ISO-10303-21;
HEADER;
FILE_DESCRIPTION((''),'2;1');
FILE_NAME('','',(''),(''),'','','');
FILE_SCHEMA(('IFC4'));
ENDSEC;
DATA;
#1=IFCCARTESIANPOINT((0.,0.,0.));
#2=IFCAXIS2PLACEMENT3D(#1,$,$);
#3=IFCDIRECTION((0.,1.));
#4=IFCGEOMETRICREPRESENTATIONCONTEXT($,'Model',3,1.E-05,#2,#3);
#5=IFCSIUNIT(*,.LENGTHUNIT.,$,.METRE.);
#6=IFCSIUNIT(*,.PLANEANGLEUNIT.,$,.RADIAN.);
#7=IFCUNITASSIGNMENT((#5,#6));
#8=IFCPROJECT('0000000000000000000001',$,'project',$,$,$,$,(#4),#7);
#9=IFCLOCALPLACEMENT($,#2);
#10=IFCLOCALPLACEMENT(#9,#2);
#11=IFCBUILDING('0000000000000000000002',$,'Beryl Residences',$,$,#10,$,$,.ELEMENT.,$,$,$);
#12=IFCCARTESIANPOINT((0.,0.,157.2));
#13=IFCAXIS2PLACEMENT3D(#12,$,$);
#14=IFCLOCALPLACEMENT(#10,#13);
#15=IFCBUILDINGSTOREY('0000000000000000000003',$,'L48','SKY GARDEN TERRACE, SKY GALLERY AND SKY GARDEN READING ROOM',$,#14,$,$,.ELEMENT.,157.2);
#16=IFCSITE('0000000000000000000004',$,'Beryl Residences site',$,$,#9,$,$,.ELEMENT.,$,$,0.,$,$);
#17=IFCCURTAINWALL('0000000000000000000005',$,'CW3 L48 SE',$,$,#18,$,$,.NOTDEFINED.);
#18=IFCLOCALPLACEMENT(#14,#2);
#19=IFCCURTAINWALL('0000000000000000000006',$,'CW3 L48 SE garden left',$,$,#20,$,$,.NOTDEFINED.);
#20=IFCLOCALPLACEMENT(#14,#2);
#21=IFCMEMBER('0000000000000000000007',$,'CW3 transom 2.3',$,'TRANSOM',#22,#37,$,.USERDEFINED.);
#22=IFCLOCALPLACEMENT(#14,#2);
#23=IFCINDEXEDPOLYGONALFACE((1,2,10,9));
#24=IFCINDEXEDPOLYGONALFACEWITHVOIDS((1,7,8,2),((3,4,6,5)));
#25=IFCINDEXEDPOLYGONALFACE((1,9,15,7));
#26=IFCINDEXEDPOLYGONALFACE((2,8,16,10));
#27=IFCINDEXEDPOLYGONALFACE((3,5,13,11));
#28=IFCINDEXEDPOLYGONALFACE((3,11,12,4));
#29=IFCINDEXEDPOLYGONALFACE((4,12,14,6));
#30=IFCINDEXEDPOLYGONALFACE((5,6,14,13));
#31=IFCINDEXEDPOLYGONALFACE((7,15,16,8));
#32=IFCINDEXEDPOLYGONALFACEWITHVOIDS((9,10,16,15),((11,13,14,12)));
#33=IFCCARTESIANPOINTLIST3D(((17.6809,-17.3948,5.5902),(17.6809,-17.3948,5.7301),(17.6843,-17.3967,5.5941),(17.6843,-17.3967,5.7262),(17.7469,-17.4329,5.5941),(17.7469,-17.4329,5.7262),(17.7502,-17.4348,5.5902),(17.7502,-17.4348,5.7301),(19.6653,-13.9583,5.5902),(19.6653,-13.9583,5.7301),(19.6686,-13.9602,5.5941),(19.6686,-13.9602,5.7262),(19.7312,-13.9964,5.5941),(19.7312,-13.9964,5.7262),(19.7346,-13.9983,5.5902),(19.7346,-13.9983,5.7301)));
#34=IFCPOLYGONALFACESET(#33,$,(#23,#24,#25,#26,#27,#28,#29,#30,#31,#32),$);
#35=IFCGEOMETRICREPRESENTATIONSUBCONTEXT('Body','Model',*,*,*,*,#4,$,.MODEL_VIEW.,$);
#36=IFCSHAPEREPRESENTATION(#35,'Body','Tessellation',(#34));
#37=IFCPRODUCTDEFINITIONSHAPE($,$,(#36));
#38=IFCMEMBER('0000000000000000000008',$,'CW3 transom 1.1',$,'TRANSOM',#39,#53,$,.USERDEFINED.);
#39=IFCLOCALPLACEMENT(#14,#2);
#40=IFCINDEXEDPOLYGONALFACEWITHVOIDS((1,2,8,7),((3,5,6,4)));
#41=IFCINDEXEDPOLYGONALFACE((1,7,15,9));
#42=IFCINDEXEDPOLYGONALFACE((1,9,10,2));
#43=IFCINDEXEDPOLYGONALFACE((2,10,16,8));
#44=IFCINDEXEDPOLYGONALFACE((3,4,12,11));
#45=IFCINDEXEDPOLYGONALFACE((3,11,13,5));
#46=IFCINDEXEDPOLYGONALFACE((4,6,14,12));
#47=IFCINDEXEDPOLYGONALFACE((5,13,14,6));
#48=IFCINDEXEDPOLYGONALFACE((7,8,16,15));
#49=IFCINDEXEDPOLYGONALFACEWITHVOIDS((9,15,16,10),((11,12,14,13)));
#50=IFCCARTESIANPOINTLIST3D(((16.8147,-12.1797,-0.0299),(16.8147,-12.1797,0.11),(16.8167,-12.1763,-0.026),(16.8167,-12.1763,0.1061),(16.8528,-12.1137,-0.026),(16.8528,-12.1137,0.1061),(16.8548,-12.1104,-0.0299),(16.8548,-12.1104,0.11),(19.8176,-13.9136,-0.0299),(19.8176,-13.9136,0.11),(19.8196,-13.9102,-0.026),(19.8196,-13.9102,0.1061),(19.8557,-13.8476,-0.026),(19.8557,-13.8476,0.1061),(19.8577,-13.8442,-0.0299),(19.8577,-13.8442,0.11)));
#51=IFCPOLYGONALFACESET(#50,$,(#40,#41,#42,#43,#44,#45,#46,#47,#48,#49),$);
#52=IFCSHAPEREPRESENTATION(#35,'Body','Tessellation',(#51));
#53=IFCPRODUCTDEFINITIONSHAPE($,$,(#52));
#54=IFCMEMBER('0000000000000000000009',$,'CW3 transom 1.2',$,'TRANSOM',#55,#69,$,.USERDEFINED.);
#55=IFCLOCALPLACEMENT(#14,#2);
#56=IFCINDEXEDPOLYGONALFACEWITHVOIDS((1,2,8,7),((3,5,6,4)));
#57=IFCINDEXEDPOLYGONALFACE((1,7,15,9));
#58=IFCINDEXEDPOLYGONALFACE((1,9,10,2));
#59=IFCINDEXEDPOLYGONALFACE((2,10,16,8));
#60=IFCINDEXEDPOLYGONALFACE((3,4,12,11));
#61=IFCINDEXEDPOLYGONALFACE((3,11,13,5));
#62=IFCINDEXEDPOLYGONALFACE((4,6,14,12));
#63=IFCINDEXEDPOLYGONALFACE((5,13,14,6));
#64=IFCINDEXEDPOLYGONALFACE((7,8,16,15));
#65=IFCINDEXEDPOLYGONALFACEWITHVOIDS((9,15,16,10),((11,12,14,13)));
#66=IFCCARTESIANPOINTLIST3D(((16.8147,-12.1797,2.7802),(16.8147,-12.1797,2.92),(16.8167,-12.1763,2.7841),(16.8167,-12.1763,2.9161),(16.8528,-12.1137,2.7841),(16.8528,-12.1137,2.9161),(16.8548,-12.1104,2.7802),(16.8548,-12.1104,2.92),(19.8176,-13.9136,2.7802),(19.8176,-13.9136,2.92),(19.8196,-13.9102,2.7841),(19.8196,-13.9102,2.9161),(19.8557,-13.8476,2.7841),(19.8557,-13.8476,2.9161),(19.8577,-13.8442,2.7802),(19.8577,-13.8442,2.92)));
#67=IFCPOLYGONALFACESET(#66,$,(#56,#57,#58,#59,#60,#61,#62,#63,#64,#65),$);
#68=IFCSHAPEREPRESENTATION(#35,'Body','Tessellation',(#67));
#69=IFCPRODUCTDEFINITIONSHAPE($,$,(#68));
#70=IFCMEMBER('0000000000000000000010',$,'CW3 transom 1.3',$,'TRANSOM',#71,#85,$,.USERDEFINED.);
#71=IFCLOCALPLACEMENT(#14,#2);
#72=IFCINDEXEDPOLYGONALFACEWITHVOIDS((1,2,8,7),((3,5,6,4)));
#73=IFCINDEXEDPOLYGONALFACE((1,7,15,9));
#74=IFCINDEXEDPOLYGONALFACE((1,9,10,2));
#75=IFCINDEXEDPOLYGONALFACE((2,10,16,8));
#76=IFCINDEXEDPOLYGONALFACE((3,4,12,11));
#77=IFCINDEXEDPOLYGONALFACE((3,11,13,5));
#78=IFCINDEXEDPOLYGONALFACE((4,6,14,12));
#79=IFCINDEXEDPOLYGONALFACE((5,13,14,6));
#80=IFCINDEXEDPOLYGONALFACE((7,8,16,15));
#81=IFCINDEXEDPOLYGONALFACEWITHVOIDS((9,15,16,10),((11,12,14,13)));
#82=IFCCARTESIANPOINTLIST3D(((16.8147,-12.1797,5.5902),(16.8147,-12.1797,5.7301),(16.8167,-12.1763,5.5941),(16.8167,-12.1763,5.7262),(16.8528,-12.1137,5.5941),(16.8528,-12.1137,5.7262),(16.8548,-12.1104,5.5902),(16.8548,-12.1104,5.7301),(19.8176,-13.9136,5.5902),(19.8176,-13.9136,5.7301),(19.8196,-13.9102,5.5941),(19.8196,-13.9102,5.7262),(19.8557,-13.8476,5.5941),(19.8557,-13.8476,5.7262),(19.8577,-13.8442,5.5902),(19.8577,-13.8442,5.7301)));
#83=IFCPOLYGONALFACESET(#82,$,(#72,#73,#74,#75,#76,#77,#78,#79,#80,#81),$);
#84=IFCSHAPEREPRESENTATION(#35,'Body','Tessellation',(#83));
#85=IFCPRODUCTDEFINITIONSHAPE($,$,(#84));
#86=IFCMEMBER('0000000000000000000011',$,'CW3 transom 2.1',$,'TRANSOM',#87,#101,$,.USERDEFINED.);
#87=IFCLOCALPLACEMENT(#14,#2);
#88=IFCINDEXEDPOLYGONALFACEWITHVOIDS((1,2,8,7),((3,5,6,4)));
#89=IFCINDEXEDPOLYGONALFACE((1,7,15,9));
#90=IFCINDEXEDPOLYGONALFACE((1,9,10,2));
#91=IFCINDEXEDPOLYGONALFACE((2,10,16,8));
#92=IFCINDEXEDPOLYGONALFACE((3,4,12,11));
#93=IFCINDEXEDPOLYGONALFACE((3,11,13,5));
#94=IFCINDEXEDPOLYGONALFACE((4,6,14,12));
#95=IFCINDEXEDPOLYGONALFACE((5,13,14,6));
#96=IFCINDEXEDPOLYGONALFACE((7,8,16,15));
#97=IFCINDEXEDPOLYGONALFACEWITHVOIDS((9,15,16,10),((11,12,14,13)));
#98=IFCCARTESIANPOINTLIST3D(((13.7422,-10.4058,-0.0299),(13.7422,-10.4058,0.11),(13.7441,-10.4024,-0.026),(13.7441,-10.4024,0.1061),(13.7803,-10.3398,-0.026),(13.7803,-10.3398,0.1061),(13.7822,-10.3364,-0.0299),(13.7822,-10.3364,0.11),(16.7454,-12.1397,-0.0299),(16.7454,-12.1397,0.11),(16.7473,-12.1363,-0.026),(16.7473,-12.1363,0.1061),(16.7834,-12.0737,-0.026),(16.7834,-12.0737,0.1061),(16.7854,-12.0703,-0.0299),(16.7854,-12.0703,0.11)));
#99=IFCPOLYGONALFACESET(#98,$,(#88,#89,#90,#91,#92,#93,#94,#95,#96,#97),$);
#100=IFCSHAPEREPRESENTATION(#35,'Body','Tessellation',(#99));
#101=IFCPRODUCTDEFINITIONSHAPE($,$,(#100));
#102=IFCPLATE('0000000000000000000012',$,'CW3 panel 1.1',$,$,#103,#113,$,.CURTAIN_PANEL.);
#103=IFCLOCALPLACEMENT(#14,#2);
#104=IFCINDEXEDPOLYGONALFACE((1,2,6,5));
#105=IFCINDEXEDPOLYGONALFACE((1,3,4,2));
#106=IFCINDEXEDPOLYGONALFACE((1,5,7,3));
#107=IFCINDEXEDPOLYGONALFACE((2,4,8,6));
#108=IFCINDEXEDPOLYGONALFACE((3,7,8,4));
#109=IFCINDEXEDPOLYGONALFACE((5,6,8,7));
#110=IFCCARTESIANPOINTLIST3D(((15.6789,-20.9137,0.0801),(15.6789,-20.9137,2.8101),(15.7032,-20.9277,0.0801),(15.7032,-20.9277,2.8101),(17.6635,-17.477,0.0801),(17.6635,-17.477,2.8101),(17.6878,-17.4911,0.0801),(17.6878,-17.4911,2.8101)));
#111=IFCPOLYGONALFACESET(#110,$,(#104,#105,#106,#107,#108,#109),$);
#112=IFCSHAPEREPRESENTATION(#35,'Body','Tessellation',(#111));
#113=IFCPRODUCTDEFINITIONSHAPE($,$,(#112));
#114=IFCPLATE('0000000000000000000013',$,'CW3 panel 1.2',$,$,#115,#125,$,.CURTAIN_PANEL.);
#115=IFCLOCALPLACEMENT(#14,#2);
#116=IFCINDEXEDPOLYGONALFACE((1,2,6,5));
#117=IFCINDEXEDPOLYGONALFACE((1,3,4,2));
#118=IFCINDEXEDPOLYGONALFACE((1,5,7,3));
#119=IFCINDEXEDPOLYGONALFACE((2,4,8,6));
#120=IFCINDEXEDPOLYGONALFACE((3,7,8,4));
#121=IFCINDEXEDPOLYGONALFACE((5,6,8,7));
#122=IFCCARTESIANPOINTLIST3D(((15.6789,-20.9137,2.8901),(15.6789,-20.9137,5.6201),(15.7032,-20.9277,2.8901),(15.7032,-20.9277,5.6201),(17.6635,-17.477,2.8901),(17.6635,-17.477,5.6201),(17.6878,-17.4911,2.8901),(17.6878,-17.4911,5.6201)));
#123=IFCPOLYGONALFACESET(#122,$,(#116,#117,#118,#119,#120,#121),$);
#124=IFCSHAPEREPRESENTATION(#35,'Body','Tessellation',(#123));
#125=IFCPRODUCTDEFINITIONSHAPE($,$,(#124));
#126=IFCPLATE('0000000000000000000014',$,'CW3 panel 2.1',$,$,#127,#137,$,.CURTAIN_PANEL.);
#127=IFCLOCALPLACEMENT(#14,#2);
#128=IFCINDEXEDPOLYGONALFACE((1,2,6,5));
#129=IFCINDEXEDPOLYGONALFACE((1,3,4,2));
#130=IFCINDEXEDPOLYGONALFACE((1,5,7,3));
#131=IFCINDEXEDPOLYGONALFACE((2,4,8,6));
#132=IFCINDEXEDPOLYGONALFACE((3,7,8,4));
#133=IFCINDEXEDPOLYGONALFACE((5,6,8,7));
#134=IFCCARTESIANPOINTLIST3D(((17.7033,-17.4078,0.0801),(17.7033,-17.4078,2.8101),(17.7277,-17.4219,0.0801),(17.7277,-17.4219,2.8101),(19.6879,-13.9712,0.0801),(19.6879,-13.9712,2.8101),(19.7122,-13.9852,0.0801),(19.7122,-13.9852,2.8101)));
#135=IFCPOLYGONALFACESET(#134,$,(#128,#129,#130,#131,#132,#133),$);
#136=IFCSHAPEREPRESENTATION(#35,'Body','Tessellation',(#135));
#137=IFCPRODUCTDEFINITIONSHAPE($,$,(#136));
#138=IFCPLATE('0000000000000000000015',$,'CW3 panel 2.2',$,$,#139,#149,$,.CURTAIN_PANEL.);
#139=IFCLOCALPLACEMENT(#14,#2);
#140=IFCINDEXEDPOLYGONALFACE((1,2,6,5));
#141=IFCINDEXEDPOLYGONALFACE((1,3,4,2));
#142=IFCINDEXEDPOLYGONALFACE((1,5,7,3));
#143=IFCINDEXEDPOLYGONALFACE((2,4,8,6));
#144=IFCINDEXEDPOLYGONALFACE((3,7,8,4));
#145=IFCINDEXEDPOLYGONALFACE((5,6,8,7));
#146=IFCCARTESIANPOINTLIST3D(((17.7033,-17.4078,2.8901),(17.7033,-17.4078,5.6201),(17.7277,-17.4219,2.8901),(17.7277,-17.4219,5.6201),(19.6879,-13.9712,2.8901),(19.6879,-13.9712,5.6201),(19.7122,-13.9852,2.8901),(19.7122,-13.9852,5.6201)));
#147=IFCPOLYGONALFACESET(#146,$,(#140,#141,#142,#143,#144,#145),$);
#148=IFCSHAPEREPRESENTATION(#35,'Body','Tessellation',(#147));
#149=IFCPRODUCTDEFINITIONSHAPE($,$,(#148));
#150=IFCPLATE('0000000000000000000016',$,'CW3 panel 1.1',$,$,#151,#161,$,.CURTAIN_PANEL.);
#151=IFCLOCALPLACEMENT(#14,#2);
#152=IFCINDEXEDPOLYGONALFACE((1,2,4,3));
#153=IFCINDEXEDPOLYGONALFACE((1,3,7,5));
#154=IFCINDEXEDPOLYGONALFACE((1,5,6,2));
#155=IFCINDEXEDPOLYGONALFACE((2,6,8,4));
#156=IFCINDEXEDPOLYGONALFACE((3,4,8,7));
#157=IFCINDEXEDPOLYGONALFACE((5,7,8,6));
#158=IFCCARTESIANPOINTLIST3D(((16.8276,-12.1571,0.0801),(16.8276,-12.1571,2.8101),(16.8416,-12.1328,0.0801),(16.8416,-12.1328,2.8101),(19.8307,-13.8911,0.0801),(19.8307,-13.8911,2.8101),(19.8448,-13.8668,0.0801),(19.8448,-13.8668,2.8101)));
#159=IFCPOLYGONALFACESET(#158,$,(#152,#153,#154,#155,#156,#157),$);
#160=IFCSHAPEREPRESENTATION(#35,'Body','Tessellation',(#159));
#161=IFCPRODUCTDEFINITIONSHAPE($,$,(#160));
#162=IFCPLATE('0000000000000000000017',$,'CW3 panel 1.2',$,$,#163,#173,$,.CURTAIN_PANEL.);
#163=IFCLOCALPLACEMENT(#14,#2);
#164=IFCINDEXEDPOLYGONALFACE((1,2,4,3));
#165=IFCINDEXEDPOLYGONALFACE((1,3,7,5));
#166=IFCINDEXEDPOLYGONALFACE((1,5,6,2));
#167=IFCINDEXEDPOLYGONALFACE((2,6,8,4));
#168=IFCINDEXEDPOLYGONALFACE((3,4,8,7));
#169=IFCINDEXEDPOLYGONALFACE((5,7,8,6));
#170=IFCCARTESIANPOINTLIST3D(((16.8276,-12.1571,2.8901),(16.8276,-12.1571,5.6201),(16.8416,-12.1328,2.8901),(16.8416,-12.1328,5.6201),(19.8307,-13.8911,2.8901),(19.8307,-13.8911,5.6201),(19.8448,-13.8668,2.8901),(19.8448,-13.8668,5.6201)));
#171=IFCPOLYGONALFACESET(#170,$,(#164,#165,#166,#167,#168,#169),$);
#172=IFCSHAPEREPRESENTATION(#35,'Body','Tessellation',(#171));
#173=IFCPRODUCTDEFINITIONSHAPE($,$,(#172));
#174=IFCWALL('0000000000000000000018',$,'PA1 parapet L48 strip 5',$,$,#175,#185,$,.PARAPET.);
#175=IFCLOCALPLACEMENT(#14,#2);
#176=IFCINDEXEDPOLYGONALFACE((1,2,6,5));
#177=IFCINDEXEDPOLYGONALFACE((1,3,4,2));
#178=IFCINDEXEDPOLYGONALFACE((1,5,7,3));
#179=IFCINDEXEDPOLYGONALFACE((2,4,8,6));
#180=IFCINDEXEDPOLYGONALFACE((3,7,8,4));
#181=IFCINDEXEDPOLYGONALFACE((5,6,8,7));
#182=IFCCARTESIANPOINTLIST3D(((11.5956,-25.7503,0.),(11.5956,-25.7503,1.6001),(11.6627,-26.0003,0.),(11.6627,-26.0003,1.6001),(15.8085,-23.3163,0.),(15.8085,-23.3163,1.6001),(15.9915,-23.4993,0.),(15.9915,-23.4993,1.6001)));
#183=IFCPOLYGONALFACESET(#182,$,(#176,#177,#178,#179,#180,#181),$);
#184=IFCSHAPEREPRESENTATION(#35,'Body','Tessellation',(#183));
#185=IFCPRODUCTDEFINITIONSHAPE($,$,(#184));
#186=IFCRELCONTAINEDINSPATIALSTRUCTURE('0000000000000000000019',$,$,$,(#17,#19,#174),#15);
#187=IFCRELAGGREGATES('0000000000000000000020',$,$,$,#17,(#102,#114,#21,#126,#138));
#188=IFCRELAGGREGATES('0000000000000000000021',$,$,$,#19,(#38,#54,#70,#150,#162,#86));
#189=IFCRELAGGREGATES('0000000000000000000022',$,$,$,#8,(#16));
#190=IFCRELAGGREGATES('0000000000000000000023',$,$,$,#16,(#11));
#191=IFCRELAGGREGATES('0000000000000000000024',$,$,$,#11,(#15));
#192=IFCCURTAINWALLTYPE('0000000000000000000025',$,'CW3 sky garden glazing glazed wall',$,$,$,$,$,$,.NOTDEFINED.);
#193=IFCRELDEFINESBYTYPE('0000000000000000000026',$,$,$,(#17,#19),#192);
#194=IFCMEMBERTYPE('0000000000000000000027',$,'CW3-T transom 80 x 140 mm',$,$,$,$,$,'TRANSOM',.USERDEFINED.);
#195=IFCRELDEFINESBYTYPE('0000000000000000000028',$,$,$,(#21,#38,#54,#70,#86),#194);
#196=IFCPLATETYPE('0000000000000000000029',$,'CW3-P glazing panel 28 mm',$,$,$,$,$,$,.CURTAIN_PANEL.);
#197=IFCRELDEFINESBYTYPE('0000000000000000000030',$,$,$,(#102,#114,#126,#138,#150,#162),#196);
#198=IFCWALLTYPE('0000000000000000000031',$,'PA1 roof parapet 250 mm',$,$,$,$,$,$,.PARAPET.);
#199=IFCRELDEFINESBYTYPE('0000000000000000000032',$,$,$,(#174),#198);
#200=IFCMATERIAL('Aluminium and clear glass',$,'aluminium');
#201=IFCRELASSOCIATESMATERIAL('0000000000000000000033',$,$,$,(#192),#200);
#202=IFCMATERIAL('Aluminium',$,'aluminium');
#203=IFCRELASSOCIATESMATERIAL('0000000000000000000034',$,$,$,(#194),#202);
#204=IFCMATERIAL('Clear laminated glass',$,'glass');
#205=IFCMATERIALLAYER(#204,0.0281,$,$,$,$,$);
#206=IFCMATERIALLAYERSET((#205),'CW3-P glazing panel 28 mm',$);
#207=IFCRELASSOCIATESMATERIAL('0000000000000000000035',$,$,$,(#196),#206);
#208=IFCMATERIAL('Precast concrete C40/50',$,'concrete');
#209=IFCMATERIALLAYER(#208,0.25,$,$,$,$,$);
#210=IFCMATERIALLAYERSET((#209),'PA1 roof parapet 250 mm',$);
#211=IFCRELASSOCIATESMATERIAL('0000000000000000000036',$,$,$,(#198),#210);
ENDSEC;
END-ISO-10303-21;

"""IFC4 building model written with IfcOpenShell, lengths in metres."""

from ifc_helpers import new_model, si_unit, direction, frame, origin, origin_2d, place, context, subcontext, project, spatial, polyline, rectangle, hollow_rectangle, outline, extrude, material, layer, layer_set, material_profile, profile_set, type_object, element, aggregate, save


model = new_model("IFC4")

# Units and contexts
model_context = context("Model", 3, precision=1e-05, world=origin(), true_north=direction((0.0, 1.0)))
body_context = subcontext(model_context, "Body", "Model", "MODEL_VIEW")
ifc_project = project(units=[si_unit("LENGTHUNIT", "METRE"), si_unit("PLANEANGLEUNIT", "RADIAN")], contexts=[model_context])

# Site, building, storey
site_placement = place(None, origin())
site = spatial("IfcSite", under=ifc_project, at=site_placement, Name="Beryl Residences site", CompositionType="ELEMENT", RefElevation=0.0)
building_placement = place(site_placement, origin())
building = spatial("IfcBuilding", under=site, at=building_placement, Name="Beryl Residences", CompositionType="ELEMENT")
storey_placement = place(building_placement, frame((0.0, 0.0, 157.2)))
storey = spatial("IfcBuildingStorey", under=building, at=storey_placement, Name="L48", Description="SKY GARDEN TERRACE, SKY GALLERY AND SKY GARDEN READING ROOM", CompositionType="ELEMENT", Elevation=157.2)

# Curtain walls
ifc_material_1 = material(Name="Aluminium and clear glass", Category="aluminium")
curtain_wall_type = type_object("IfcCurtainWallType", Name="CW3 sky garden glazing glazed wall", PredefinedType="NOTDEFINED", material=ifc_material_1)
curtain_wall_1_placement = place(storey_placement, origin())
curtain_wall_1 = element("IfcCurtainWall", 1, at=curtain_wall_1_placement, inside=storey, type_object=curtain_wall_type, Name="CW3 L48 SE", PredefinedType="NOTDEFINED")
curtain_wall_2_placement = place(storey_placement, origin())
curtain_wall_2 = element("IfcCurtainWall", 2, at=curtain_wall_2_placement, inside=storey, type_object=curtain_wall_type, Name="CW3 L48 SE garden left", PredefinedType="NOTDEFINED")

# Members
ifc_material_2 = material(Name="Aluminium", Category="aluminium")
ifc_material_profile_1 = material_profile(ifc_material_2, hollow_rectangle(XDim=0.0801, YDim=0.1399, WallThickness=0.0039, at=origin_2d()))
ifc_profile_set_1 = profile_set([ifc_material_profile_1], Name="Aluminium")
member_type_1 = type_object("IfcMemberType", Name="CW3-T transom 80 x 140 mm", ElementType="TRANSOM", PredefinedType="USERDEFINED", material=ifc_profile_set_1)
member_1_placement = place(storey_placement, frame((17.7156, -17.4148, 5.6602), z_axis=(0.500056, 0.865993, 0.0), x_axis=(-0.865993, 0.500056, 0.0)))
member_1 = element("IfcMember", 3, at=member_1_placement, type_object=member_type_1, Name="CW3 transom 2.3", ObjectType="TRANSOM", PredefinedType="USERDEFINED", context=body_context, shape_type="SweptSolid", body=[
    extrude(hollow_rectangle(XDim=0.0801, YDim=0.1399, WallThickness=0.0039, at=origin_2d()), origin(), (0.0, 0.0, 1.0), 3.9683),
])
member_2_placement = place(storey_placement, frame((19.8376, -13.8789, 0.04), z_axis=(-0.866007, 0.500031, 0.0), x_axis=(-0.500031, -0.866007, 0.0)))
member_2 = element("IfcMember", 4, at=member_2_placement, type_object=member_type_1, Name="CW3 transom 1.1", ObjectType="TRANSOM", PredefinedType="USERDEFINED", context=body_context, shape_type="SweptSolid", body=[
    extrude(hollow_rectangle(XDim=0.0801, YDim=0.1399, WallThickness=0.0039, at=origin_2d()), origin(), (0.0, 0.0, 1.0), 3.4675),
])
member_3_placement = place(storey_placement, frame((19.8376, -13.8789, 2.8501), z_axis=(-0.866007, 0.500031, 0.0), x_axis=(-0.500031, -0.866007, 0.0)))
member_3 = element("IfcMember", 5, at=member_3_placement, type_object=member_type_1, Name="CW3 transom 1.2", ObjectType="TRANSOM", PredefinedType="USERDEFINED", context=body_context, shape_type="SweptSolid", body=[
    extrude(hollow_rectangle(XDim=0.0801, YDim=0.1399, WallThickness=0.0039, at=origin_2d()), origin(), (0.0, 0.0, 1.0), 3.4675),
])
member_4_placement = place(storey_placement, frame((19.8376, -13.8789, 5.6602), z_axis=(-0.866007, 0.500031, 0.0), x_axis=(-0.500031, -0.866007, 0.0)))
member_4 = element("IfcMember", 6, at=member_4_placement, type_object=member_type_1, Name="CW3 transom 1.3", ObjectType="TRANSOM", PredefinedType="USERDEFINED", context=body_context, shape_type="SweptSolid", body=[
    extrude(hollow_rectangle(XDim=0.0801, YDim=0.1399, WallThickness=0.0039, at=origin_2d()), origin(), (0.0, 0.0, 1.0), 3.4675),
])
member_5_placement = place(storey_placement, frame((16.7654, -12.105, 0.04), z_axis=(-0.866025, 0.500001, 0.0), x_axis=(-0.500001, -0.866025, 0.0)))
member_5 = element("IfcMember", 7, at=member_5_placement, type_object=member_type_1, Name="CW3 transom 2.1", ObjectType="TRANSOM", PredefinedType="USERDEFINED", context=body_context, shape_type="SweptSolid", body=[
    extrude(hollow_rectangle(XDim=0.0801, YDim=0.1399, WallThickness=0.0039, at=origin_2d()), origin(), (0.0, 0.0, 1.0), 3.4678),
])

# Plates
ifc_material_3 = material(Name="Clear laminated glass", Category="glass")
ifc_layer_1 = layer(ifc_material_3, 0.0281)
ifc_layer_set_1 = layer_set([ifc_layer_1], Name="CW3-P glazing panel 28 mm")
plate_type = type_object("IfcPlateType", Name="CW3-P glazing panel 28 mm", PredefinedType="CURTAIN_PANEL", material=ifc_layer_set_1)
plate_1_placement = place(storey_placement, frame((16.6833, -19.2024, 0.0801), z_axis=(0.0, 0.0, 1.0), x_axis=(0.500072, 0.865984, 0.0)))
plate_1 = element("IfcPlate", 8, at=plate_1_placement, type_object=plate_type, Name="CW3 panel 1.1", PredefinedType="CURTAIN_PANEL", context=body_context, shape_type="SweptSolid", body=[
    extrude(rectangle(XDim=3.9685, YDim=0.0281, at=origin_2d()), origin(), (0.0, 0.0, 1.0), 2.73),
])
plate_2_placement = place(storey_placement, frame((16.6833, -19.2024, 2.8901), z_axis=(0.0, 0.0, 1.0), x_axis=(0.500072, 0.865984, 0.0)))
plate_2 = element("IfcPlate", 9, at=plate_2_placement, type_object=plate_type, Name="CW3 panel 1.2", PredefinedType="CURTAIN_PANEL", context=body_context, shape_type="SweptSolid", body=[
    extrude(rectangle(XDim=3.9685, YDim=0.0281, at=origin_2d()), origin(), (0.0, 0.0, 1.0), 2.73),
])
plate_3_placement = place(storey_placement, frame((18.7078, -15.6965, 0.0801), z_axis=(0.0, 0.0, 1.0), x_axis=(0.500072, 0.865984, 0.0)))
plate_3 = element("IfcPlate", 10, at=plate_3_placement, type_object=plate_type, Name="CW3 panel 2.1", PredefinedType="CURTAIN_PANEL", context=body_context, shape_type="SweptSolid", body=[
    extrude(rectangle(XDim=3.9685, YDim=0.0281, at=origin_2d()), origin(), (0.0, 0.0, 1.0), 2.73),
])
plate_4_placement = place(storey_placement, frame((18.7078, -15.6965, 2.8901), z_axis=(0.0, 0.0, 1.0), x_axis=(0.500072, 0.865984, 0.0)))
plate_4 = element("IfcPlate", 11, at=plate_4_placement, type_object=plate_type, Name="CW3 panel 2.2", PredefinedType="CURTAIN_PANEL", context=body_context, shape_type="SweptSolid", body=[
    extrude(rectangle(XDim=3.9685, YDim=0.0281, at=origin_2d()), origin(), (0.0, 0.0, 1.0), 2.73),
])
aggregate(curtain_wall_1, [plate_1, plate_2, member_1, plate_3, plate_4])
plate_5_placement = place(storey_placement, frame((18.3362, -13.012, 0.0801), z_axis=(0.0, 0.0, 1.0), x_axis=(-0.866005, 0.500036, 0.0)))
plate_5 = element("IfcPlate", 12, at=plate_5_placement, type_object=plate_type, Name="CW3 panel 1.1", PredefinedType="CURTAIN_PANEL", context=body_context, shape_type="SweptSolid", body=[
    extrude(rectangle(XDim=3.4678, YDim=0.0281, at=origin_2d()), origin(), (0.0, 0.0, 1.0), 2.73),
])
plate_6_placement = place(storey_placement, frame((18.3362, -13.012, 2.8901), z_axis=(0.0, 0.0, 1.0), x_axis=(-0.866005, 0.500036, 0.0)))
plate_6 = element("IfcPlate", 13, at=plate_6_placement, type_object=plate_type, Name="CW3 panel 1.2", PredefinedType="CURTAIN_PANEL", context=body_context, shape_type="SweptSolid", body=[
    extrude(rectangle(XDim=3.4678, YDim=0.0281, at=origin_2d()), origin(), (0.0, 0.0, 1.0), 2.73),
])
aggregate(curtain_wall_2, [member_2, member_3, member_4, plate_5, plate_6, member_5])

# Wall
ifc_material_4 = material(Name="Precast concrete C40/50", Category="concrete")
ifc_layer_2 = layer(ifc_material_4, 0.25)
ifc_layer_set_2 = layer_set([ifc_layer_2], Name="PA1 roof parapet 250 mm")
wall_type_1 = type_object("IfcWallType", Name="PA1 roof parapet 250 mm", PredefinedType="PARAPET", material=ifc_layer_set_2)
wall_1_placement = place(storey_placement, frame((15.929, -23.3911, 0.0), z_axis=(0.0, 0.0, 1.0), x_axis=(-0.865877, -0.500256, 0.0)))
element("IfcWall", 14, at=wall_1_placement, inside=storey, type_object=wall_type_1, Name="PA1 parapet L48 strip 5", PredefinedType="PARAPET", context=body_context, shape_type="SweptSolid", body=[
    extrude(outline(polyline([(0.0669, -0.125), (4.9324, -0.125), (4.9993, 0.125), (0.0, 0.125), (0.0669, -0.125)])), origin(), (0.0, 0.0, 1.0), 1.6001),
])

save(model, "model.ifc")
